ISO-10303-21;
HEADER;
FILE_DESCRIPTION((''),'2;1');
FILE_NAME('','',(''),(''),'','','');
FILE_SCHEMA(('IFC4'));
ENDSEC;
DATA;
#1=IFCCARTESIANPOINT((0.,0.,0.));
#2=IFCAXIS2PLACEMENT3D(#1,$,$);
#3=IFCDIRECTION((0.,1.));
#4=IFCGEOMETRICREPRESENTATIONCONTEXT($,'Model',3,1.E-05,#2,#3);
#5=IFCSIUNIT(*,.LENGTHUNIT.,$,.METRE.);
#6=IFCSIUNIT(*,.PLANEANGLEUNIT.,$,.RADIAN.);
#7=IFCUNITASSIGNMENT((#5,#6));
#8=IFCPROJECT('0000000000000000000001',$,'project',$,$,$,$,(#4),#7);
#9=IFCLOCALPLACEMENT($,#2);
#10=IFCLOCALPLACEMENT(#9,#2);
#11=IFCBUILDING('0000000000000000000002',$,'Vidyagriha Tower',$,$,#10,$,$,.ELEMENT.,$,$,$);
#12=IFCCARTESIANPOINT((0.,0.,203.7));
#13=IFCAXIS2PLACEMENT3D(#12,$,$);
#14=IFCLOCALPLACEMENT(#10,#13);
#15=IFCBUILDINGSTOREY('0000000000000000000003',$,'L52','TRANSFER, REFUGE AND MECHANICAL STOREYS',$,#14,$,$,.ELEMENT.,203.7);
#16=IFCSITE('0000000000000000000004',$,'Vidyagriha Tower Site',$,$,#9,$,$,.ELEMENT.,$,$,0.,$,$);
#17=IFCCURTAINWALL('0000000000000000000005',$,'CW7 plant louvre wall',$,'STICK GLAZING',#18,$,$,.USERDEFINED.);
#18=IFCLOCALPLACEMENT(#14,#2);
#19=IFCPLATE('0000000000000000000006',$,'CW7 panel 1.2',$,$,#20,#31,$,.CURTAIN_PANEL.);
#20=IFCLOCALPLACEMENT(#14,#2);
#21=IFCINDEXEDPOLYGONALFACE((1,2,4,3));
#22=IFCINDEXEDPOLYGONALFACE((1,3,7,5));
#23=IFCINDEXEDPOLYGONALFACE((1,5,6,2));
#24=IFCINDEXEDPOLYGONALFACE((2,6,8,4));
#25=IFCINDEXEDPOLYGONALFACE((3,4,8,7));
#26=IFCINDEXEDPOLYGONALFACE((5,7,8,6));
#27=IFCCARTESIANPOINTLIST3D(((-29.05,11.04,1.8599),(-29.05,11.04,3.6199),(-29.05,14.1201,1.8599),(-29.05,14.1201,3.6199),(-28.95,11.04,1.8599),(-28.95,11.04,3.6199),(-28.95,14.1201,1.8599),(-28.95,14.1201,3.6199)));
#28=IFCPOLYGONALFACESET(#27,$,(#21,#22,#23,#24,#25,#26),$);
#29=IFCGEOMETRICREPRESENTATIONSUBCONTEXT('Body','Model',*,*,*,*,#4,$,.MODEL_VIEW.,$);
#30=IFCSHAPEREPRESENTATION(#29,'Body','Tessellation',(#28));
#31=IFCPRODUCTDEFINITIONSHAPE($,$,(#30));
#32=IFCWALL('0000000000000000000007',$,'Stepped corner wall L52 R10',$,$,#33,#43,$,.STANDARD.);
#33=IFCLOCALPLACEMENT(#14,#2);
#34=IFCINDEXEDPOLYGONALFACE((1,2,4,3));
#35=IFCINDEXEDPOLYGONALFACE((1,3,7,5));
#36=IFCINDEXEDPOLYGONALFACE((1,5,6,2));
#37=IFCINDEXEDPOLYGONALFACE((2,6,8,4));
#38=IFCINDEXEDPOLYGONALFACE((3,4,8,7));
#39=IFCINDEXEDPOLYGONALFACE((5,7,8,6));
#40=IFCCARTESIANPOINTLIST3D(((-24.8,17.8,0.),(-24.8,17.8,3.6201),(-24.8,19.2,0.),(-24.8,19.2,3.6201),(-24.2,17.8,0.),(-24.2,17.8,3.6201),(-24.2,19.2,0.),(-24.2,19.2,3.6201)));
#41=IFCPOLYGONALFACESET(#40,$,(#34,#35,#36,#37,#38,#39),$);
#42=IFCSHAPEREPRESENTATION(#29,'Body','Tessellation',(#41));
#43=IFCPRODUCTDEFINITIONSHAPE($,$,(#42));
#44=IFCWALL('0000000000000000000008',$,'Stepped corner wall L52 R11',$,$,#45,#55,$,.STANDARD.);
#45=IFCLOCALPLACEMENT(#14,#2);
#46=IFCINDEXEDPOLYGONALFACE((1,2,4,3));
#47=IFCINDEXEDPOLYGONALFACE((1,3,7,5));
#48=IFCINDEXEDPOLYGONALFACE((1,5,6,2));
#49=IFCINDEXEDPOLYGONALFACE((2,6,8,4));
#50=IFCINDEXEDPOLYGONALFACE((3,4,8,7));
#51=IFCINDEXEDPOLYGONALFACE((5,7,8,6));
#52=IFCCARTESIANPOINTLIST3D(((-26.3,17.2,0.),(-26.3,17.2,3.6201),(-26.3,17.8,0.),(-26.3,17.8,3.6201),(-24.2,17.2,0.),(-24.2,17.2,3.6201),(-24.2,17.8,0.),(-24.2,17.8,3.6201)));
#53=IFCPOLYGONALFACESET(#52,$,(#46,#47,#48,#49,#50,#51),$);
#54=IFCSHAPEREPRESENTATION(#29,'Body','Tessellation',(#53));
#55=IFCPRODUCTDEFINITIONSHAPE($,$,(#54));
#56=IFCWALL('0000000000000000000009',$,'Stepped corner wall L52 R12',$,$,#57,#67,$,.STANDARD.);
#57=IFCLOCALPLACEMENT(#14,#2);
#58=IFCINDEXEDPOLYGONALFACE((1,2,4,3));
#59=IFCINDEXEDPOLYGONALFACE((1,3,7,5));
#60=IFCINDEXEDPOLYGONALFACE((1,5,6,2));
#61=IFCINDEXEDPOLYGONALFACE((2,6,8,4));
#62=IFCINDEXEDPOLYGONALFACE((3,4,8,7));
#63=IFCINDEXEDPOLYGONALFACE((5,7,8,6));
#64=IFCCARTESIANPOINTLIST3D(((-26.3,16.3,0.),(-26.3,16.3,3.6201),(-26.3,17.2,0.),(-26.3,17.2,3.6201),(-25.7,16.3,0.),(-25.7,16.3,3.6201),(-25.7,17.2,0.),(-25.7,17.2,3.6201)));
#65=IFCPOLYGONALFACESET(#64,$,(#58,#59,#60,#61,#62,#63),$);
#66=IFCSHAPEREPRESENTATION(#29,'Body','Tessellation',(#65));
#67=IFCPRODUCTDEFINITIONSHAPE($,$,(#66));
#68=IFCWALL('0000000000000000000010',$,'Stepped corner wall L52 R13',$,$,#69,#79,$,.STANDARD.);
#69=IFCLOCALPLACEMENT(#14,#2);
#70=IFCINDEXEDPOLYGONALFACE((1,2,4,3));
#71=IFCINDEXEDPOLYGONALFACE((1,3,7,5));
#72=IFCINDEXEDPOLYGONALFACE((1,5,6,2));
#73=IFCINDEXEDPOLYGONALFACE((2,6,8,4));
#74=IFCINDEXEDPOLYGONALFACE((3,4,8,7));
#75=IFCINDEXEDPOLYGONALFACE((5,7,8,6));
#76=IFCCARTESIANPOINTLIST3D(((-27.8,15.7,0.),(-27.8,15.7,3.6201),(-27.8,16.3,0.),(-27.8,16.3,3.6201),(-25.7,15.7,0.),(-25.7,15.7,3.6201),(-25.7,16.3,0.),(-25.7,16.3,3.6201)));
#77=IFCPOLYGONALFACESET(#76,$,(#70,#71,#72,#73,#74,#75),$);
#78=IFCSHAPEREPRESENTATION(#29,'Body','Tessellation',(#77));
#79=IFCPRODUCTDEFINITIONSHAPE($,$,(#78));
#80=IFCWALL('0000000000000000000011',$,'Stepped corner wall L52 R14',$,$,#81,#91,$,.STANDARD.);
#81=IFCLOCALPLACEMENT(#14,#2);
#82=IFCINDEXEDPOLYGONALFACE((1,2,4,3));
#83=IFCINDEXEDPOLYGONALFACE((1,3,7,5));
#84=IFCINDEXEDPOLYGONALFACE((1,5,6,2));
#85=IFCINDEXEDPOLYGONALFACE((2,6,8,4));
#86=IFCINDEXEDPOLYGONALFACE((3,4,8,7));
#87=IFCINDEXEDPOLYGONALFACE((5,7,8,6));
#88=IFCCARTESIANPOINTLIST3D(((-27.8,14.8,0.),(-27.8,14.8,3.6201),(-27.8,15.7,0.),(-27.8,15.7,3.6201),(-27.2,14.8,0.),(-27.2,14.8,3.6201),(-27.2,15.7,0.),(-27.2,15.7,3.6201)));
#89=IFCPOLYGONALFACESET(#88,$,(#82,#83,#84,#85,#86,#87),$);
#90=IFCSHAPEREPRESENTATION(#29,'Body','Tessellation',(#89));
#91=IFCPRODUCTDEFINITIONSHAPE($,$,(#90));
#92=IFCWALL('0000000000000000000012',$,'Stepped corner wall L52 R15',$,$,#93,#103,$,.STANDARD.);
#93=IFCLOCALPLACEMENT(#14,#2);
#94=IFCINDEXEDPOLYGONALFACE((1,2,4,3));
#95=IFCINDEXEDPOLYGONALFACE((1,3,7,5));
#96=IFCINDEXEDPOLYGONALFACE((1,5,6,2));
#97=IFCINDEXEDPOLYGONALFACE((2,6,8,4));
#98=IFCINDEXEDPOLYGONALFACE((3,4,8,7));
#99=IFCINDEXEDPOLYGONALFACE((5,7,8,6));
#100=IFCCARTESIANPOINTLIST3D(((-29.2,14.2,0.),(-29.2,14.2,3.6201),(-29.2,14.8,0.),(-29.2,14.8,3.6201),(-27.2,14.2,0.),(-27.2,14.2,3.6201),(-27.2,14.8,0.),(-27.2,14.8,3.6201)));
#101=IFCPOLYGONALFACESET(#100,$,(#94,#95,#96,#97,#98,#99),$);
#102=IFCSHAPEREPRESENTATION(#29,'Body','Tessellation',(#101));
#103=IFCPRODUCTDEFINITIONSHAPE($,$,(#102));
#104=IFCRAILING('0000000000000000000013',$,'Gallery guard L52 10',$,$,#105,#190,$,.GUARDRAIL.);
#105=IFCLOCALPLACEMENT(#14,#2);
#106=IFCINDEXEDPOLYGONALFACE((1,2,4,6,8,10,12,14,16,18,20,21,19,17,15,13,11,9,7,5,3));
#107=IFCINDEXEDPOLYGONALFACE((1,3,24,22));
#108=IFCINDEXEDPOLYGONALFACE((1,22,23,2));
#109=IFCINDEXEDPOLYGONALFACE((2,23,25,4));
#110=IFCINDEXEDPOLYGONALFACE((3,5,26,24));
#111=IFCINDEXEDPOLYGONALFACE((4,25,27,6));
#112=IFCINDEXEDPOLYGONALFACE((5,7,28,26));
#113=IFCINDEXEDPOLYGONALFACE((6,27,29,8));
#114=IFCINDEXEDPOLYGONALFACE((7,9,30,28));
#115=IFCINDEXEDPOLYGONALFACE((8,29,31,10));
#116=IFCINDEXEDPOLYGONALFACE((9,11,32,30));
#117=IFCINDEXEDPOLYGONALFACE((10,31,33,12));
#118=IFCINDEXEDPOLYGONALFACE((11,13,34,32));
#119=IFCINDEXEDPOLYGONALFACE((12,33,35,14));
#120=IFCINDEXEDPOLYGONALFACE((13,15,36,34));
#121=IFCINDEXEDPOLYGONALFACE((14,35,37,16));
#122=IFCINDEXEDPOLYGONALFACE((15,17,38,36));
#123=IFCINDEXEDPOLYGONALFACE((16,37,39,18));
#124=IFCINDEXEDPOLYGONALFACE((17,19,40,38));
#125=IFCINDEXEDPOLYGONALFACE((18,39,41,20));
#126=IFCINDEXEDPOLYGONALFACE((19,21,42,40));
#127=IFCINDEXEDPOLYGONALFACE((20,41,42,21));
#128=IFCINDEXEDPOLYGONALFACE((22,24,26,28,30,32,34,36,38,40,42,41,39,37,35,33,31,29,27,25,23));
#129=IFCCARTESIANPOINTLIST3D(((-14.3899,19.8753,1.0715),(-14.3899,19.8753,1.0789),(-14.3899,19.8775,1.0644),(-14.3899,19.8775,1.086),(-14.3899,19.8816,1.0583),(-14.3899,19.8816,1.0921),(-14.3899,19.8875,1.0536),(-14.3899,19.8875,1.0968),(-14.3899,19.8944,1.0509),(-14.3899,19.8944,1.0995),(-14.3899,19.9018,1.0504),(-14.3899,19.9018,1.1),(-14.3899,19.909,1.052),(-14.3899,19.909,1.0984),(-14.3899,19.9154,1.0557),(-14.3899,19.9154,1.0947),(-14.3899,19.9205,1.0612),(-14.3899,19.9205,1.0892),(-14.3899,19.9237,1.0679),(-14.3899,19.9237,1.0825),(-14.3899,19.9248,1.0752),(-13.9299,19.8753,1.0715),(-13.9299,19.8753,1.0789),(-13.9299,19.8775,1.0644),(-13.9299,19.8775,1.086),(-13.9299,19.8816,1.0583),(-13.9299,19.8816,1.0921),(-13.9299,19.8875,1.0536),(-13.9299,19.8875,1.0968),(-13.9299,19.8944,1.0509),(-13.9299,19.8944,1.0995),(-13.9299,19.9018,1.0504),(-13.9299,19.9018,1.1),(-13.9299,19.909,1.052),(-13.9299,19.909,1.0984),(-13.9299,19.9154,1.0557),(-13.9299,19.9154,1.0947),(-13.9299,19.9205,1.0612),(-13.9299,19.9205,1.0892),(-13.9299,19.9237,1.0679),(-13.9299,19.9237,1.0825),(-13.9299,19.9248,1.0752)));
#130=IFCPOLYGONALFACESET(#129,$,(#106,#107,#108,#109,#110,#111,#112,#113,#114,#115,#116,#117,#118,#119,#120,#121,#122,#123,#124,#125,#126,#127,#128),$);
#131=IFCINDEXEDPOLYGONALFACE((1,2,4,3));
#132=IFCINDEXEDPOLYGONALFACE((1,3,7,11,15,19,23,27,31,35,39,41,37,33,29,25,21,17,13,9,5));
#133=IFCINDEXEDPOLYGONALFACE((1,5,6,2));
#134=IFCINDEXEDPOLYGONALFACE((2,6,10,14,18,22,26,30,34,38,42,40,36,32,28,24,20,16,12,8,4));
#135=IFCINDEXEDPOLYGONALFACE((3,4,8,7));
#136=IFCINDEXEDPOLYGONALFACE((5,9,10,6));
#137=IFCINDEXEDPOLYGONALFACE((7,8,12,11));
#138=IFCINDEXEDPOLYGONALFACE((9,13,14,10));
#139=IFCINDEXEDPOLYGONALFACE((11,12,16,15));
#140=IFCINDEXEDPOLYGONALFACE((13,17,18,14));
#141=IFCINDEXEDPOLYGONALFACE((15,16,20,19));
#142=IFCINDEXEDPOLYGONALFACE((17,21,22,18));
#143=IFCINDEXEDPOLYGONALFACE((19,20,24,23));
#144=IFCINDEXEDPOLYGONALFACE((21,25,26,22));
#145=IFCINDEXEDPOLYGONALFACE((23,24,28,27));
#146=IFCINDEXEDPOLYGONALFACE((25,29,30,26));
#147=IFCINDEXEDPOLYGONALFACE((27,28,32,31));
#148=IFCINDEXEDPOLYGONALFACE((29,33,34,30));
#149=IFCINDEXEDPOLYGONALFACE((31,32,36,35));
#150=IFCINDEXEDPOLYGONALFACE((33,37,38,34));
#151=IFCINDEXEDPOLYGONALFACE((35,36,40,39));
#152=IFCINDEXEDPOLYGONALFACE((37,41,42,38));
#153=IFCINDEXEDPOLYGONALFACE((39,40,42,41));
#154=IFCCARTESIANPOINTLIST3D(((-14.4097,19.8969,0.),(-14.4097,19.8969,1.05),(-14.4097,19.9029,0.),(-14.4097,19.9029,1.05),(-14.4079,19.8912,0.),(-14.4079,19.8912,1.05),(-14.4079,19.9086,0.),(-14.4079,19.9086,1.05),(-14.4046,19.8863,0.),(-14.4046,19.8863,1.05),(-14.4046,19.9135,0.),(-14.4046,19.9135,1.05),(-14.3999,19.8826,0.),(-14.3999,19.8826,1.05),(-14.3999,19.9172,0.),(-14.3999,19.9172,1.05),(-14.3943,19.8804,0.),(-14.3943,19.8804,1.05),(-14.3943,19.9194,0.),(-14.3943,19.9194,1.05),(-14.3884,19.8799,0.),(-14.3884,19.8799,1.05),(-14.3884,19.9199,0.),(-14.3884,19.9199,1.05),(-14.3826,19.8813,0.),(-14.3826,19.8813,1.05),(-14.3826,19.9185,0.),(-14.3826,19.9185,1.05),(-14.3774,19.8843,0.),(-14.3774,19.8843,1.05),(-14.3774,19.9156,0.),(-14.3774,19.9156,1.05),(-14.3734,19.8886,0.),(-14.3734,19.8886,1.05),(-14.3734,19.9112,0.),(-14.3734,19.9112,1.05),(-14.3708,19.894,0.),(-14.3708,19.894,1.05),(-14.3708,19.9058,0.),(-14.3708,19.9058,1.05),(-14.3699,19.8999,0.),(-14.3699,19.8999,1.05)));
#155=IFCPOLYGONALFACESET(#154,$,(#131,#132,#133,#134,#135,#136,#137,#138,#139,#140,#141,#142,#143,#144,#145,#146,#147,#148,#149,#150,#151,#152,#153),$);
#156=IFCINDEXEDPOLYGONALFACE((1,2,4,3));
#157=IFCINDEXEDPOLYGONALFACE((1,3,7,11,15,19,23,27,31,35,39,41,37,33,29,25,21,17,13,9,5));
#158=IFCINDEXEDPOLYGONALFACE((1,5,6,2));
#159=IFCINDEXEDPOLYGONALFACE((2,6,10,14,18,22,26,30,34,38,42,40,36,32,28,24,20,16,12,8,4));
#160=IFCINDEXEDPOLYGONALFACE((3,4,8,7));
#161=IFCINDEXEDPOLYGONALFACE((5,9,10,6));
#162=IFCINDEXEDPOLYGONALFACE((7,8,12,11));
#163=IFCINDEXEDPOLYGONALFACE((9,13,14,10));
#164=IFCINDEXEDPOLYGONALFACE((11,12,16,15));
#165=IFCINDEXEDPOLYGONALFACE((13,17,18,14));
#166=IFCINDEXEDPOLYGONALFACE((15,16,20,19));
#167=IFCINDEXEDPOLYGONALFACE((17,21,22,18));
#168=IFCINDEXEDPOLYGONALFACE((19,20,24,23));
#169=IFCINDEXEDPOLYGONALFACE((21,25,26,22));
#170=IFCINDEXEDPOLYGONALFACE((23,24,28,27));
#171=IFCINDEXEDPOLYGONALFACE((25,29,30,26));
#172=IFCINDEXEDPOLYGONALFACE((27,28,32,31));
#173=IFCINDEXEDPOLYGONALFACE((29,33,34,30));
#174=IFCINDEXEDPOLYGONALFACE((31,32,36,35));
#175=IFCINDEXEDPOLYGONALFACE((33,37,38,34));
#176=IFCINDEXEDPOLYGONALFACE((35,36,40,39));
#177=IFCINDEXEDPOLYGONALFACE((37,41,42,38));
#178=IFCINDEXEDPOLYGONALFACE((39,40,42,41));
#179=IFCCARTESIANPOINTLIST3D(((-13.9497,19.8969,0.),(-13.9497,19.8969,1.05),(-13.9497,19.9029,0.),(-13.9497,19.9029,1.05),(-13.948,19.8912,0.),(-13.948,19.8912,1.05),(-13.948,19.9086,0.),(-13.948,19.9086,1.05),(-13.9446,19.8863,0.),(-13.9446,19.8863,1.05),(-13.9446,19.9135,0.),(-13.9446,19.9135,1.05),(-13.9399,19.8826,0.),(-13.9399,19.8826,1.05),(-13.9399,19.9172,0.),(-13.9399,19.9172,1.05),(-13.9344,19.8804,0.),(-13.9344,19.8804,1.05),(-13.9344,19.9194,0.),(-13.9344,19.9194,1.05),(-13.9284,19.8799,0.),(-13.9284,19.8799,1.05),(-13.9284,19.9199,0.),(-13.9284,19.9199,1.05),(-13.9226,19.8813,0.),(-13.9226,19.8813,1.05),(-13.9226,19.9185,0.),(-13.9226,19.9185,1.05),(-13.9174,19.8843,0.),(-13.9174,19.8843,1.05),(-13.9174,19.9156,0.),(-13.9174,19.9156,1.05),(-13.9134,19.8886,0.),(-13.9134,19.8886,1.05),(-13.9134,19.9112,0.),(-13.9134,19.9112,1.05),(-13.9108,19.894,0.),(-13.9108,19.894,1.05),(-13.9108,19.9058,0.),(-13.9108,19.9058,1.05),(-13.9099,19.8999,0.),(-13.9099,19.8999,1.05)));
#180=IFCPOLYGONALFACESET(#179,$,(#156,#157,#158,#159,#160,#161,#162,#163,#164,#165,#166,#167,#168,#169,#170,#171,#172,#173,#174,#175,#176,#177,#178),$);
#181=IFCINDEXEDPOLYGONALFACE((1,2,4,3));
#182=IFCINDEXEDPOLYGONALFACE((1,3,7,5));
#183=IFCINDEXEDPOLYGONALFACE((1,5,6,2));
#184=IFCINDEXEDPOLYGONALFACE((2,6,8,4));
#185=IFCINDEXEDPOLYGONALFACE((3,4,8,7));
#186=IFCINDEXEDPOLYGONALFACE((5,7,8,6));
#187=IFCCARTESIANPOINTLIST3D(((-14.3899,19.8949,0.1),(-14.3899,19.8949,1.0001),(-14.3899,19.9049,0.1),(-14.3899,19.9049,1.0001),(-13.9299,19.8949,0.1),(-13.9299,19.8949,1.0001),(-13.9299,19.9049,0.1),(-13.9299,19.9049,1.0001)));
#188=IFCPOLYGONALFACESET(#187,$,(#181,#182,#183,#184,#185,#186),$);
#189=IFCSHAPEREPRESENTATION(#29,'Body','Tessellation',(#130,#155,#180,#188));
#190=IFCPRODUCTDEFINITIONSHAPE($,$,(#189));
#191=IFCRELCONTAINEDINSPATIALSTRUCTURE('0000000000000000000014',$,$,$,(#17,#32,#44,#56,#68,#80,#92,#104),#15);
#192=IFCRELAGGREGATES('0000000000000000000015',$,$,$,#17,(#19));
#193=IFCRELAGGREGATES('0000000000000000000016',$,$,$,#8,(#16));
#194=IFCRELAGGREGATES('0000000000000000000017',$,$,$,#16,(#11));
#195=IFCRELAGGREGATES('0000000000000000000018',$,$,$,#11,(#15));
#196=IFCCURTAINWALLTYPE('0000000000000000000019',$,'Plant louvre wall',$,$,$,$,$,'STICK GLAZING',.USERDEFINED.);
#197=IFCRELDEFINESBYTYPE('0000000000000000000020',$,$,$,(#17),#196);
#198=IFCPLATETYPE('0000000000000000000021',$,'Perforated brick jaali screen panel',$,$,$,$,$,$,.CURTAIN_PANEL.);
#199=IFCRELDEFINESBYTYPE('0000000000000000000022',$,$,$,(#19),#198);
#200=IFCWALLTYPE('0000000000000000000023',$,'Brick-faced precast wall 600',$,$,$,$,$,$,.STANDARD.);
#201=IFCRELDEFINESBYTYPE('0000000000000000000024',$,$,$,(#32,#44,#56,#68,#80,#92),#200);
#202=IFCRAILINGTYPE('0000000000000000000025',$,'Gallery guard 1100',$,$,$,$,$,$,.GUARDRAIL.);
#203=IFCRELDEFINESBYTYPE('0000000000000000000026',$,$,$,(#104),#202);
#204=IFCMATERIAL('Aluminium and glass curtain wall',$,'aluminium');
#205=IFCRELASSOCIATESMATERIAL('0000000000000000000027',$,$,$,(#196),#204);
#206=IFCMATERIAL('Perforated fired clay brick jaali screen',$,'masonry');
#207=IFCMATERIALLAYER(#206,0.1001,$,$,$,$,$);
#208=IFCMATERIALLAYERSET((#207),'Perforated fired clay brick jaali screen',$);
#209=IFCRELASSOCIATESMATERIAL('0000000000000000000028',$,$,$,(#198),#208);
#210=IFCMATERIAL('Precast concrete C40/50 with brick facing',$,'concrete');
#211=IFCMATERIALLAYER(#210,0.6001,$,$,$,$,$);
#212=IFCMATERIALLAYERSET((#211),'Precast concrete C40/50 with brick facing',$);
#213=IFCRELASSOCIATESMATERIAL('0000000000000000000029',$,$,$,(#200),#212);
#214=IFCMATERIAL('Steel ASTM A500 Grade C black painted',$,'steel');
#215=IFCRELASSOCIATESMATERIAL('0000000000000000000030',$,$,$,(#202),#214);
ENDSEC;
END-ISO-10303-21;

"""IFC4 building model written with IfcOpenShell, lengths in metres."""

from ifc_helpers import new_model, si_unit, direction, frame, frame_2d, origin, origin_2d, place, context, subcontext, project, spatial, rectangle, circle, extrude, material, layer, layer_set, type_object, element, aggregate, save


model = new_model("IFC4")

# Units and contexts
model_context = context("Model", 3, precision=1e-05, world=origin(), true_north=direction((0.0, 1.0)))
body_context = subcontext(model_context, "Body", "Model", "MODEL_VIEW")
ifc_project = project(units=[si_unit("LENGTHUNIT", "METRE"), si_unit("PLANEANGLEUNIT", "RADIAN")], contexts=[model_context])

# Site, building, storey
site_placement = place(None, origin())
site = spatial("IfcSite", under=ifc_project, at=site_placement, Name="Vidyagriha Tower Site", CompositionType="ELEMENT", RefElevation=0.0)
building_placement = place(site_placement, origin())
building = spatial("IfcBuilding", under=site, at=building_placement, Name="Vidyagriha Tower", CompositionType="ELEMENT")
storey_placement = place(building_placement, frame((0.0, 0.0, 203.7)))
storey = spatial("IfcBuildingStorey", under=building, at=storey_placement, Name="L52", Description="TRANSFER, REFUGE AND MECHANICAL STOREYS", CompositionType="ELEMENT", Elevation=203.7)

# Curtain wall
ifc_material_1 = material(Name="Aluminium and glass curtain wall", Category="aluminium")
curtain_wall_type = type_object("IfcCurtainWallType", Name="Plant louvre wall", ElementType="STICK GLAZING", PredefinedType="USERDEFINED", material=ifc_material_1)
curtain_wall_1_placement = place(storey_placement, origin())
curtain_wall_1 = element("IfcCurtainWall", 1, at=curtain_wall_1_placement, inside=storey, type_object=curtain_wall_type, Name="CW7 plant louvre wall", ObjectType="STICK GLAZING", PredefinedType="USERDEFINED")

# Plate
ifc_material_2 = material(Name="Perforated fired clay brick jaali screen", Category="masonry")
ifc_layer_1 = layer(ifc_material_2, 0.1001)
ifc_layer_set_1 = layer_set([ifc_layer_1], Name="Perforated fired clay brick jaali screen")
plate_type = type_object("IfcPlateType", Name="Perforated brick jaali screen panel", PredefinedType="CURTAIN_PANEL", material=ifc_layer_set_1)
plate_1_placement = place(storey_placement, frame((-29.0, 12.5801, 1.8599), z_axis=(0.0, 0.0, 1.0), x_axis=(0.0, -1.0, 0.0)))
plate_1 = element("IfcPlate", 2, at=plate_1_placement, type_object=plate_type, Name="CW7 panel 1.2", PredefinedType="CURTAIN_PANEL", context=body_context, shape_type="SweptSolid", body=[
    extrude(rectangle(XDim=3.0801, YDim=0.1001, at=origin_2d()), origin(), (0.0, 0.0, 1.0), 1.76),
])
aggregate(curtain_wall_1, [plate_1])

# Walls
ifc_material_3 = material(Name="Precast concrete C40/50 with brick facing", Category="concrete")
ifc_layer_2 = layer(ifc_material_3, 0.6001)
ifc_layer_set_2 = layer_set([ifc_layer_2], Name="Precast concrete C40/50 with brick facing")
wall_type = type_object("IfcWallType", Name="Brick-faced precast wall 600", PredefinedType="STANDARD", material=ifc_layer_set_2)
wall_1_placement = place(storey_placement, frame((-24.5, 19.2, 0.0), z_axis=(0.0, 0.0, 1.0), x_axis=(0.0, -1.0, 0.0)))
element("IfcWall", 3, at=wall_1_placement, inside=storey, type_object=wall_type, Name="Stepped corner wall L52 R10", PredefinedType="STANDARD", context=body_context, shape_type="SweptSolid", body=[
    extrude(rectangle(XDim=1.3999, YDim=0.6001, at=frame_2d((0.7, 0.0))), origin(), (0.0, 0.0, 1.0), 3.6201),
])
wall_2_placement = place(storey_placement, frame((-24.2, 17.5, 0.0), z_axis=(0.0, 0.0, 1.0), x_axis=(-1.0, 0.0, 0.0)))
element("IfcWall", 4, at=wall_2_placement, inside=storey, type_object=wall_type, Name="Stepped corner wall L52 R11", PredefinedType="STANDARD", context=body_context, shape_type="SweptSolid", body=[
    extrude(rectangle(XDim=2.1001, YDim=0.6001, at=frame_2d((1.05, 0.0))), origin(), (0.0, 0.0, 1.0), 3.6201),
])
wall_3_placement = place(storey_placement, frame((-26.0, 17.2, 0.0), z_axis=(0.0, 0.0, 1.0), x_axis=(0.0, -1.0, 0.0)))
element("IfcWall", 5, at=wall_3_placement, inside=storey, type_object=wall_type, Name="Stepped corner wall L52 R12", PredefinedType="STANDARD", context=body_context, shape_type="SweptSolid", body=[
    extrude(rectangle(XDim=0.8999, YDim=0.6001, at=frame_2d((0.45, 0.0))), origin(), (0.0, 0.0, 1.0), 3.6201),
])
wall_4_placement = place(storey_placement, frame((-25.7, 16.0, 0.0), z_axis=(0.0, 0.0, 1.0), x_axis=(-1.0, 0.0, 0.0)))
element("IfcWall", 6, at=wall_4_placement, inside=storey, type_object=wall_type, Name="Stepped corner wall L52 R13", PredefinedType="STANDARD", context=body_context, shape_type="SweptSolid", body=[
    extrude(rectangle(XDim=2.1001, YDim=0.6001, at=frame_2d((1.05, 0.0))), origin(), (0.0, 0.0, 1.0), 3.6201),
])
wall_5_placement = place(storey_placement, frame((-27.5, 15.7, 0.0), z_axis=(0.0, 0.0, 1.0), x_axis=(0.0, -1.0, 0.0)))
element("IfcWall", 7, at=wall_5_placement, inside=storey, type_object=wall_type, Name="Stepped corner wall L52 R14", PredefinedType="STANDARD", context=body_context, shape_type="SweptSolid", body=[
    extrude(rectangle(XDim=0.8999, YDim=0.6001, at=frame_2d((0.45, 0.0))), origin(), (0.0, 0.0, 1.0), 3.6201),
])
wall_6_placement = place(storey_placement, frame((-27.2, 14.5, 0.0), z_axis=(0.0, 0.0, 1.0), x_axis=(-1.0, 0.0, 0.0)))
element("IfcWall", 8, at=wall_6_placement, inside=storey, type_object=wall_type, Name="Stepped corner wall L52 R15", PredefinedType="STANDARD", context=body_context, shape_type="SweptSolid", body=[
    extrude(rectangle(XDim=2.0, YDim=0.6001, at=frame_2d((1.0, 0.0))), origin(), (0.0, 0.0, 1.0), 3.6201),
])

# Railing
ifc_material_4 = material(Name="Steel ASTM A500 Grade C black painted", Category="steel")
railing_type = type_object("IfcRailingType", Name="Gallery guard 1100", PredefinedType="GUARDRAIL", material=ifc_material_4)
railing_1_placement = place(storey_placement, frame((-14.3899, 19.8999, 0.0)))
element("IfcRailing", 9, at=railing_1_placement, inside=storey, type_object=railing_type, Name="Gallery guard L52 10", PredefinedType="GUARDRAIL", context=body_context, shape_type="SweptSolid", body=[
    extrude(circle(Radius=0.0249, at=origin_2d()), frame((0.0, 0.0, 1.0752), z_axis=(1.0, 0.0, 0.0), x_axis=(0.0, 1.0, 0.0)), (0.0, 0.0, 1.0), 0.46),
    extrude(circle(Radius=0.02, at=origin_2d()), origin(), (0.0, 0.0, 1.0), 1.05),
    extrude(circle(Radius=0.02, at=origin_2d()), frame((0.46, 0.0, 0.0)), (0.0, 0.0, 1.0), 1.05),
    extrude(rectangle(XDim=0.01, YDim=0.9001, at=origin_2d()), frame((0.0, 0.0, 0.55), z_axis=(1.0, 0.0, 0.0), x_axis=(0.0, 1.0, 0.0)), (0.0, 0.0, 1.0), 0.46),
])

save(model, "model.ifc")
